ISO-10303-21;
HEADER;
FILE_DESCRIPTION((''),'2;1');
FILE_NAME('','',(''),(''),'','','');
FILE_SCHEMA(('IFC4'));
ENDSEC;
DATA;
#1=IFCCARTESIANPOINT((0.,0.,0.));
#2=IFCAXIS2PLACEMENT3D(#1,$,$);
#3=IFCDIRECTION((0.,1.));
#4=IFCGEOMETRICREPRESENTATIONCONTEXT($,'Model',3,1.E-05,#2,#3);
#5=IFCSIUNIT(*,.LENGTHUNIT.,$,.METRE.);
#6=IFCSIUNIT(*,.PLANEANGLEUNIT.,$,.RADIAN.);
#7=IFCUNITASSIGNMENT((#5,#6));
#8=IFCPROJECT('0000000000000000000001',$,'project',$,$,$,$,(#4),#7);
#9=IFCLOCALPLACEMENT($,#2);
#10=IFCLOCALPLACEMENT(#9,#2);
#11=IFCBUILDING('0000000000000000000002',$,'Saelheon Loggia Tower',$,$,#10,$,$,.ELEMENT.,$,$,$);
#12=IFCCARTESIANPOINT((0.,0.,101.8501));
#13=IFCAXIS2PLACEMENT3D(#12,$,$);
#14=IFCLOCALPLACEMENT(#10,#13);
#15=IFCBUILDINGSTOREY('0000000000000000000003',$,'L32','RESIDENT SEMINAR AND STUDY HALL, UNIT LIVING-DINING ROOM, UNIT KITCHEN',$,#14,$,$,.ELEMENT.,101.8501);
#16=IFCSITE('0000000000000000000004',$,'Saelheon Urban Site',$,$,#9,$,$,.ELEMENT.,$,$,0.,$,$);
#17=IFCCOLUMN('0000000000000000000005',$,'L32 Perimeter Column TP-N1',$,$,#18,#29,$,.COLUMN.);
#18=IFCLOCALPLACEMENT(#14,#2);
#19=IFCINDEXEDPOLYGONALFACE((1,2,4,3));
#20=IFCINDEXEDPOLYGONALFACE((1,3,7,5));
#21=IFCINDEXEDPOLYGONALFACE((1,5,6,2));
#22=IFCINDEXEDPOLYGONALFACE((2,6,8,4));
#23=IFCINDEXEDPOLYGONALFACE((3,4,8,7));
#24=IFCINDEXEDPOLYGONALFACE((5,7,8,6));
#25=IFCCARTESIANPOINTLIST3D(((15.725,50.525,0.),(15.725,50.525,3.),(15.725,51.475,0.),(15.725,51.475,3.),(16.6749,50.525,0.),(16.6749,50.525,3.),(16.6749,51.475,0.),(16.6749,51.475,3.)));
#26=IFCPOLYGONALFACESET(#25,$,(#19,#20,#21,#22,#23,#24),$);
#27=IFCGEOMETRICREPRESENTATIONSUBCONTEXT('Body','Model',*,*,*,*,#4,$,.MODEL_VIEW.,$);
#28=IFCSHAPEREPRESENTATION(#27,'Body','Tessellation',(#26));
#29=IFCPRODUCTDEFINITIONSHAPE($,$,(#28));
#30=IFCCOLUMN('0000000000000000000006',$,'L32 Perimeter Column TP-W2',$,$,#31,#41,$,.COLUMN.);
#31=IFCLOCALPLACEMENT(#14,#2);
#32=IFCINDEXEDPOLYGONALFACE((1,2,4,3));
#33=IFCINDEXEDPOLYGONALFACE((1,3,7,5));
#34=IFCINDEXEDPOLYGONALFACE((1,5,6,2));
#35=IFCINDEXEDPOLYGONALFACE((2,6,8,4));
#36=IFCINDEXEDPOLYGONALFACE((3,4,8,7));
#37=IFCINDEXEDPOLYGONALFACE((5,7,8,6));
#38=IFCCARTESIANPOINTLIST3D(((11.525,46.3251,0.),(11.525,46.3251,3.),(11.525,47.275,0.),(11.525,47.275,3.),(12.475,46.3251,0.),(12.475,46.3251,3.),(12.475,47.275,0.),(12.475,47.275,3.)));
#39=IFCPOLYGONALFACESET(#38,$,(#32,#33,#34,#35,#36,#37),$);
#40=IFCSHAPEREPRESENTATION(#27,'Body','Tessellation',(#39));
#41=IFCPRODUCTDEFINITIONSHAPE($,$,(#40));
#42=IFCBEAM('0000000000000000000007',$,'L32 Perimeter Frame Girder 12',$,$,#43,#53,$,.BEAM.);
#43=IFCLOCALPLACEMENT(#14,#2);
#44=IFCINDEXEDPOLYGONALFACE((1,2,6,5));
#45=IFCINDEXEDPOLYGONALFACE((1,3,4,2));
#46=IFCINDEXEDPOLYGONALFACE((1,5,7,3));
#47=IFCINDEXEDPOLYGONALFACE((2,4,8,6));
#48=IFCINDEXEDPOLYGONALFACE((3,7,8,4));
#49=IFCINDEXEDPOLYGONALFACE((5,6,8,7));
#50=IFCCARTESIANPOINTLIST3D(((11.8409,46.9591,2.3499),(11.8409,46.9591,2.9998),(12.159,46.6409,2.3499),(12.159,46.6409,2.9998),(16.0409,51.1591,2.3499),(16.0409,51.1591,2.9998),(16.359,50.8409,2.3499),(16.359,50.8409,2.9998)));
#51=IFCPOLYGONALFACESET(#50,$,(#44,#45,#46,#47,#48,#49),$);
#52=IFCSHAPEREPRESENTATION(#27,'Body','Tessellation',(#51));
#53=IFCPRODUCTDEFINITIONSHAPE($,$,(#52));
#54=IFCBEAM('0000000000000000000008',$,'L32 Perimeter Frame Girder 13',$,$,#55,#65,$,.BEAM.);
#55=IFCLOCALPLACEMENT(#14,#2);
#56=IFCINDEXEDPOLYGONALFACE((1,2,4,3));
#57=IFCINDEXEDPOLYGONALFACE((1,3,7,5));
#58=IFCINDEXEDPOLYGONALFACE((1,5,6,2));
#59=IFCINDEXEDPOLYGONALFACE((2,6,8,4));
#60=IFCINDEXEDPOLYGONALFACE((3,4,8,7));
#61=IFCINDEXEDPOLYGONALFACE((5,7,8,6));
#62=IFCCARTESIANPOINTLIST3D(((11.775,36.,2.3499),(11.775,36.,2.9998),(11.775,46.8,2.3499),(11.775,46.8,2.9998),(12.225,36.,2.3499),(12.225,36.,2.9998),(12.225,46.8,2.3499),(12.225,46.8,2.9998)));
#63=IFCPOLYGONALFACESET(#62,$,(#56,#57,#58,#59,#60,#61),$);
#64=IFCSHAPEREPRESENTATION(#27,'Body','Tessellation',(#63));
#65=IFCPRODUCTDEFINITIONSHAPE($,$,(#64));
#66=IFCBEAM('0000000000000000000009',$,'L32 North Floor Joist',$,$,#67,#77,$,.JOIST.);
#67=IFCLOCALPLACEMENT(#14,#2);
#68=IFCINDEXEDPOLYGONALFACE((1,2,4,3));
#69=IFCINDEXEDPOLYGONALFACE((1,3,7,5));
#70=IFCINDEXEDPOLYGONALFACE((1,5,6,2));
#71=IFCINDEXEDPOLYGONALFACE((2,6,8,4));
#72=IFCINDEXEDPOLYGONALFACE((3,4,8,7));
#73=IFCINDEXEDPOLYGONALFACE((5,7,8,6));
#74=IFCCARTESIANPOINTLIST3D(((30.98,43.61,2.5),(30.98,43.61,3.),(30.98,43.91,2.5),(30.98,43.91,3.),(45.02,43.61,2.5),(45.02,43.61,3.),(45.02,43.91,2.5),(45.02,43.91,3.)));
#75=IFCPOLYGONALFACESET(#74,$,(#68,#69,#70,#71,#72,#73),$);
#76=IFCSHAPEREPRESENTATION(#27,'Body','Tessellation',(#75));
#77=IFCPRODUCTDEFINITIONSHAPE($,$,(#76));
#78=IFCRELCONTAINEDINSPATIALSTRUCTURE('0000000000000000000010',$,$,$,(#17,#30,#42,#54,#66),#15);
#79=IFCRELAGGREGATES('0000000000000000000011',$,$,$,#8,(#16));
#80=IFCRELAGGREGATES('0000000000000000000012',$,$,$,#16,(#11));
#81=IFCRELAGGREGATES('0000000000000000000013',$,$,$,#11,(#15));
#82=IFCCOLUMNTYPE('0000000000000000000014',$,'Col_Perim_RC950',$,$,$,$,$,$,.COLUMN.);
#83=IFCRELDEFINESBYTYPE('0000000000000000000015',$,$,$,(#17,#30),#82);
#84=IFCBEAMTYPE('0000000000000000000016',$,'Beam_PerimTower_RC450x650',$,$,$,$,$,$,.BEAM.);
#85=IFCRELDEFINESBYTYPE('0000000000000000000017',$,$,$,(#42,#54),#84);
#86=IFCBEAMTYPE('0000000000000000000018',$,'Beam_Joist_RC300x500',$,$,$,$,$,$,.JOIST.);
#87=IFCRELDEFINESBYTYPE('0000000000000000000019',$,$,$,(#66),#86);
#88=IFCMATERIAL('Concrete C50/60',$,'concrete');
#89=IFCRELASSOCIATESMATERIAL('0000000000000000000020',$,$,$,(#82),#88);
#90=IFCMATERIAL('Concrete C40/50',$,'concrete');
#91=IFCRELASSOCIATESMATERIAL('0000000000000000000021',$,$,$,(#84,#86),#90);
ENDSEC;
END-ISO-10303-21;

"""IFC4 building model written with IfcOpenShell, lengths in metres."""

from ifc_helpers import new_model, si_unit, direction, frame, origin, origin_2d, place, context, subcontext, project, spatial, rectangle, extrude, source, transform, mapped, material, material_profile, profile_set, type_object, element, save


model = new_model("IFC4")

# Units and contexts
model_context = context("Model", 3, precision=1e-05, world=origin(), true_north=direction((0.0, 1.0)))
body_context = subcontext(model_context, "Body", "Model", "MODEL_VIEW")
ifc_project = project(units=[si_unit("LENGTHUNIT", "METRE"), si_unit("PLANEANGLEUNIT", "RADIAN")], contexts=[model_context])

# Site, building, storey
site_placement = place(None, origin())
site = spatial("IfcSite", under=ifc_project, at=site_placement, Name="Saelheon Urban Site", CompositionType="ELEMENT", RefElevation=0.0)
building_placement = place(site_placement, origin())
building = spatial("IfcBuilding", under=site, at=building_placement, Name="Saelheon Loggia Tower", CompositionType="ELEMENT")
storey_placement = place(building_placement, frame((0.0, 0.0, 101.8501)))
storey = spatial("IfcBuildingStorey", under=building, at=storey_placement, Name="L32", Description="RESIDENT SEMINAR AND STUDY HALL, UNIT LIVING-DINING ROOM, UNIT KITCHEN", CompositionType="ELEMENT", Elevation=101.8501)

# Columns
ifc_material_1 = material(Name="Concrete C50/60", Category="concrete")
ifc_material_profile_1 = material_profile(ifc_material_1, rectangle(XDim=0.95, YDim=0.95, at=origin_2d()), Name="RC-950x950")
ifc_profile_set_1 = profile_set([ifc_material_profile_1], Name="Concrete C50/60")
column_type = type_object("IfcColumnType", Name="Col_Perim_RC950", PredefinedType="COLUMN", material=ifc_profile_set_1)
shared_shape_1 = source(origin(), body_context, "Body", "SweptSolid", [
    extrude(rectangle(XDim=0.95, YDim=0.95, at=origin_2d()), origin(), (0.0, 0.0, 1.0), 3.0),
])
for number, where, z_axis, x_axis, name in (
    (1, (16.2, 51.0, 0.0), (0.0, 0.0, 1.0), (1.0, 0.0, 0.0), "L32 Perimeter Column TP-N1"),
    (2, (12.0, 46.8, 0.0), (0.0, 0.0, 1.0), (1.0, 0.0, 0.0), "L32 Perimeter Column TP-W2"),
):
    element("IfcColumn", number, at=place(storey_placement, frame(where, z_axis=z_axis, x_axis=x_axis)), inside=storey, type_object=column_type, Name=name, PredefinedType="COLUMN", context=body_context, shape_type="MappedRepresentation", body=[
        mapped(shared_shape_1, transform((0.0, 0.0, 0.0), scale=1.0)),
    ])

# Beams
ifc_material_2 = material(Name="Concrete C40/50", Category="concrete")
ifc_material_profile_2 = material_profile(ifc_material_2, rectangle(XDim=0.45, YDim=0.6499, at=origin_2d()), Name="RC-450x650")
ifc_profile_set_2 = profile_set([ifc_material_profile_2], Name="Concrete C40/50")
beam_type_1 = type_object("IfcBeamType", Name="Beam_PerimTower_RC450x650", PredefinedType="BEAM", material=ifc_profile_set_2)
shared_shape_2 = source(origin(), body_context, "Body", "SweptSolid", [
    extrude(rectangle(XDim=0.45, YDim=0.6499, at=origin_2d()), origin(), (0.0, 0.0, 1.0), 5.9397),
])
beam_1_placement = place(storey_placement, frame((16.2, 51.0, 2.6748), z_axis=(-0.707107, -0.707107, 0.0), x_axis=(0.707107, -0.707107, 0.0)))
element("IfcBeam", 3, at=beam_1_placement, inside=storey, type_object=beam_type_1, Name="L32 Perimeter Frame Girder 12", PredefinedType="BEAM", context=body_context, shape_type="MappedRepresentation", body=[
    mapped(shared_shape_2, transform((0.0, 0.0, 0.0), scale=1.0)),
])
shared_shape_3 = source(origin(), body_context, "Body", "SweptSolid", [
    extrude(rectangle(XDim=0.45, YDim=0.6499, at=origin_2d()), origin(), (0.0, 0.0, 1.0), 10.8),
])
beam_2_placement = place(storey_placement, frame((12.0, 46.8, 2.6748), z_axis=(0.0, -1.0, 0.0), x_axis=(1.0, 0.0, 0.0)))
element("IfcBeam", 4, at=beam_2_placement, inside=storey, type_object=beam_type_1, Name="L32 Perimeter Frame Girder 13", PredefinedType="BEAM", context=body_context, shape_type="MappedRepresentation", body=[
    mapped(shared_shape_3, transform((0.0, 0.0, 0.0), scale=1.0)),
])
ifc_material_profile_3 = material_profile(ifc_material_2, rectangle(XDim=0.3, YDim=0.5, at=origin_2d()), Name="RC-300x500")
ifc_profile_set_3 = profile_set([ifc_material_profile_3], Name="Concrete C40/50")
beam_type_2 = type_object("IfcBeamType", Name="Beam_Joist_RC300x500", PredefinedType="JOIST", material=ifc_profile_set_3)
shared_shape_4 = source(origin(), body_context, "Body", "SweptSolid", [
    extrude(rectangle(XDim=0.3, YDim=0.5, at=origin_2d()), origin(), (0.0, 0.0, 1.0), 14.04),
])
beam_3_placement = place(storey_placement, frame((30.98, 43.76, 2.75), z_axis=(1.0, 0.0, 0.0), x_axis=(0.0, 1.0, 0.0)))
element("IfcBeam", 5, at=beam_3_placement, inside=storey, type_object=beam_type_2, Name="L32 North Floor Joist", PredefinedType="JOIST", context=body_context, shape_type="MappedRepresentation", body=[
    mapped(shared_shape_4, transform((0.0, 0.0, 0.0), scale=1.0)),
])

save(model, "model.ifc")
